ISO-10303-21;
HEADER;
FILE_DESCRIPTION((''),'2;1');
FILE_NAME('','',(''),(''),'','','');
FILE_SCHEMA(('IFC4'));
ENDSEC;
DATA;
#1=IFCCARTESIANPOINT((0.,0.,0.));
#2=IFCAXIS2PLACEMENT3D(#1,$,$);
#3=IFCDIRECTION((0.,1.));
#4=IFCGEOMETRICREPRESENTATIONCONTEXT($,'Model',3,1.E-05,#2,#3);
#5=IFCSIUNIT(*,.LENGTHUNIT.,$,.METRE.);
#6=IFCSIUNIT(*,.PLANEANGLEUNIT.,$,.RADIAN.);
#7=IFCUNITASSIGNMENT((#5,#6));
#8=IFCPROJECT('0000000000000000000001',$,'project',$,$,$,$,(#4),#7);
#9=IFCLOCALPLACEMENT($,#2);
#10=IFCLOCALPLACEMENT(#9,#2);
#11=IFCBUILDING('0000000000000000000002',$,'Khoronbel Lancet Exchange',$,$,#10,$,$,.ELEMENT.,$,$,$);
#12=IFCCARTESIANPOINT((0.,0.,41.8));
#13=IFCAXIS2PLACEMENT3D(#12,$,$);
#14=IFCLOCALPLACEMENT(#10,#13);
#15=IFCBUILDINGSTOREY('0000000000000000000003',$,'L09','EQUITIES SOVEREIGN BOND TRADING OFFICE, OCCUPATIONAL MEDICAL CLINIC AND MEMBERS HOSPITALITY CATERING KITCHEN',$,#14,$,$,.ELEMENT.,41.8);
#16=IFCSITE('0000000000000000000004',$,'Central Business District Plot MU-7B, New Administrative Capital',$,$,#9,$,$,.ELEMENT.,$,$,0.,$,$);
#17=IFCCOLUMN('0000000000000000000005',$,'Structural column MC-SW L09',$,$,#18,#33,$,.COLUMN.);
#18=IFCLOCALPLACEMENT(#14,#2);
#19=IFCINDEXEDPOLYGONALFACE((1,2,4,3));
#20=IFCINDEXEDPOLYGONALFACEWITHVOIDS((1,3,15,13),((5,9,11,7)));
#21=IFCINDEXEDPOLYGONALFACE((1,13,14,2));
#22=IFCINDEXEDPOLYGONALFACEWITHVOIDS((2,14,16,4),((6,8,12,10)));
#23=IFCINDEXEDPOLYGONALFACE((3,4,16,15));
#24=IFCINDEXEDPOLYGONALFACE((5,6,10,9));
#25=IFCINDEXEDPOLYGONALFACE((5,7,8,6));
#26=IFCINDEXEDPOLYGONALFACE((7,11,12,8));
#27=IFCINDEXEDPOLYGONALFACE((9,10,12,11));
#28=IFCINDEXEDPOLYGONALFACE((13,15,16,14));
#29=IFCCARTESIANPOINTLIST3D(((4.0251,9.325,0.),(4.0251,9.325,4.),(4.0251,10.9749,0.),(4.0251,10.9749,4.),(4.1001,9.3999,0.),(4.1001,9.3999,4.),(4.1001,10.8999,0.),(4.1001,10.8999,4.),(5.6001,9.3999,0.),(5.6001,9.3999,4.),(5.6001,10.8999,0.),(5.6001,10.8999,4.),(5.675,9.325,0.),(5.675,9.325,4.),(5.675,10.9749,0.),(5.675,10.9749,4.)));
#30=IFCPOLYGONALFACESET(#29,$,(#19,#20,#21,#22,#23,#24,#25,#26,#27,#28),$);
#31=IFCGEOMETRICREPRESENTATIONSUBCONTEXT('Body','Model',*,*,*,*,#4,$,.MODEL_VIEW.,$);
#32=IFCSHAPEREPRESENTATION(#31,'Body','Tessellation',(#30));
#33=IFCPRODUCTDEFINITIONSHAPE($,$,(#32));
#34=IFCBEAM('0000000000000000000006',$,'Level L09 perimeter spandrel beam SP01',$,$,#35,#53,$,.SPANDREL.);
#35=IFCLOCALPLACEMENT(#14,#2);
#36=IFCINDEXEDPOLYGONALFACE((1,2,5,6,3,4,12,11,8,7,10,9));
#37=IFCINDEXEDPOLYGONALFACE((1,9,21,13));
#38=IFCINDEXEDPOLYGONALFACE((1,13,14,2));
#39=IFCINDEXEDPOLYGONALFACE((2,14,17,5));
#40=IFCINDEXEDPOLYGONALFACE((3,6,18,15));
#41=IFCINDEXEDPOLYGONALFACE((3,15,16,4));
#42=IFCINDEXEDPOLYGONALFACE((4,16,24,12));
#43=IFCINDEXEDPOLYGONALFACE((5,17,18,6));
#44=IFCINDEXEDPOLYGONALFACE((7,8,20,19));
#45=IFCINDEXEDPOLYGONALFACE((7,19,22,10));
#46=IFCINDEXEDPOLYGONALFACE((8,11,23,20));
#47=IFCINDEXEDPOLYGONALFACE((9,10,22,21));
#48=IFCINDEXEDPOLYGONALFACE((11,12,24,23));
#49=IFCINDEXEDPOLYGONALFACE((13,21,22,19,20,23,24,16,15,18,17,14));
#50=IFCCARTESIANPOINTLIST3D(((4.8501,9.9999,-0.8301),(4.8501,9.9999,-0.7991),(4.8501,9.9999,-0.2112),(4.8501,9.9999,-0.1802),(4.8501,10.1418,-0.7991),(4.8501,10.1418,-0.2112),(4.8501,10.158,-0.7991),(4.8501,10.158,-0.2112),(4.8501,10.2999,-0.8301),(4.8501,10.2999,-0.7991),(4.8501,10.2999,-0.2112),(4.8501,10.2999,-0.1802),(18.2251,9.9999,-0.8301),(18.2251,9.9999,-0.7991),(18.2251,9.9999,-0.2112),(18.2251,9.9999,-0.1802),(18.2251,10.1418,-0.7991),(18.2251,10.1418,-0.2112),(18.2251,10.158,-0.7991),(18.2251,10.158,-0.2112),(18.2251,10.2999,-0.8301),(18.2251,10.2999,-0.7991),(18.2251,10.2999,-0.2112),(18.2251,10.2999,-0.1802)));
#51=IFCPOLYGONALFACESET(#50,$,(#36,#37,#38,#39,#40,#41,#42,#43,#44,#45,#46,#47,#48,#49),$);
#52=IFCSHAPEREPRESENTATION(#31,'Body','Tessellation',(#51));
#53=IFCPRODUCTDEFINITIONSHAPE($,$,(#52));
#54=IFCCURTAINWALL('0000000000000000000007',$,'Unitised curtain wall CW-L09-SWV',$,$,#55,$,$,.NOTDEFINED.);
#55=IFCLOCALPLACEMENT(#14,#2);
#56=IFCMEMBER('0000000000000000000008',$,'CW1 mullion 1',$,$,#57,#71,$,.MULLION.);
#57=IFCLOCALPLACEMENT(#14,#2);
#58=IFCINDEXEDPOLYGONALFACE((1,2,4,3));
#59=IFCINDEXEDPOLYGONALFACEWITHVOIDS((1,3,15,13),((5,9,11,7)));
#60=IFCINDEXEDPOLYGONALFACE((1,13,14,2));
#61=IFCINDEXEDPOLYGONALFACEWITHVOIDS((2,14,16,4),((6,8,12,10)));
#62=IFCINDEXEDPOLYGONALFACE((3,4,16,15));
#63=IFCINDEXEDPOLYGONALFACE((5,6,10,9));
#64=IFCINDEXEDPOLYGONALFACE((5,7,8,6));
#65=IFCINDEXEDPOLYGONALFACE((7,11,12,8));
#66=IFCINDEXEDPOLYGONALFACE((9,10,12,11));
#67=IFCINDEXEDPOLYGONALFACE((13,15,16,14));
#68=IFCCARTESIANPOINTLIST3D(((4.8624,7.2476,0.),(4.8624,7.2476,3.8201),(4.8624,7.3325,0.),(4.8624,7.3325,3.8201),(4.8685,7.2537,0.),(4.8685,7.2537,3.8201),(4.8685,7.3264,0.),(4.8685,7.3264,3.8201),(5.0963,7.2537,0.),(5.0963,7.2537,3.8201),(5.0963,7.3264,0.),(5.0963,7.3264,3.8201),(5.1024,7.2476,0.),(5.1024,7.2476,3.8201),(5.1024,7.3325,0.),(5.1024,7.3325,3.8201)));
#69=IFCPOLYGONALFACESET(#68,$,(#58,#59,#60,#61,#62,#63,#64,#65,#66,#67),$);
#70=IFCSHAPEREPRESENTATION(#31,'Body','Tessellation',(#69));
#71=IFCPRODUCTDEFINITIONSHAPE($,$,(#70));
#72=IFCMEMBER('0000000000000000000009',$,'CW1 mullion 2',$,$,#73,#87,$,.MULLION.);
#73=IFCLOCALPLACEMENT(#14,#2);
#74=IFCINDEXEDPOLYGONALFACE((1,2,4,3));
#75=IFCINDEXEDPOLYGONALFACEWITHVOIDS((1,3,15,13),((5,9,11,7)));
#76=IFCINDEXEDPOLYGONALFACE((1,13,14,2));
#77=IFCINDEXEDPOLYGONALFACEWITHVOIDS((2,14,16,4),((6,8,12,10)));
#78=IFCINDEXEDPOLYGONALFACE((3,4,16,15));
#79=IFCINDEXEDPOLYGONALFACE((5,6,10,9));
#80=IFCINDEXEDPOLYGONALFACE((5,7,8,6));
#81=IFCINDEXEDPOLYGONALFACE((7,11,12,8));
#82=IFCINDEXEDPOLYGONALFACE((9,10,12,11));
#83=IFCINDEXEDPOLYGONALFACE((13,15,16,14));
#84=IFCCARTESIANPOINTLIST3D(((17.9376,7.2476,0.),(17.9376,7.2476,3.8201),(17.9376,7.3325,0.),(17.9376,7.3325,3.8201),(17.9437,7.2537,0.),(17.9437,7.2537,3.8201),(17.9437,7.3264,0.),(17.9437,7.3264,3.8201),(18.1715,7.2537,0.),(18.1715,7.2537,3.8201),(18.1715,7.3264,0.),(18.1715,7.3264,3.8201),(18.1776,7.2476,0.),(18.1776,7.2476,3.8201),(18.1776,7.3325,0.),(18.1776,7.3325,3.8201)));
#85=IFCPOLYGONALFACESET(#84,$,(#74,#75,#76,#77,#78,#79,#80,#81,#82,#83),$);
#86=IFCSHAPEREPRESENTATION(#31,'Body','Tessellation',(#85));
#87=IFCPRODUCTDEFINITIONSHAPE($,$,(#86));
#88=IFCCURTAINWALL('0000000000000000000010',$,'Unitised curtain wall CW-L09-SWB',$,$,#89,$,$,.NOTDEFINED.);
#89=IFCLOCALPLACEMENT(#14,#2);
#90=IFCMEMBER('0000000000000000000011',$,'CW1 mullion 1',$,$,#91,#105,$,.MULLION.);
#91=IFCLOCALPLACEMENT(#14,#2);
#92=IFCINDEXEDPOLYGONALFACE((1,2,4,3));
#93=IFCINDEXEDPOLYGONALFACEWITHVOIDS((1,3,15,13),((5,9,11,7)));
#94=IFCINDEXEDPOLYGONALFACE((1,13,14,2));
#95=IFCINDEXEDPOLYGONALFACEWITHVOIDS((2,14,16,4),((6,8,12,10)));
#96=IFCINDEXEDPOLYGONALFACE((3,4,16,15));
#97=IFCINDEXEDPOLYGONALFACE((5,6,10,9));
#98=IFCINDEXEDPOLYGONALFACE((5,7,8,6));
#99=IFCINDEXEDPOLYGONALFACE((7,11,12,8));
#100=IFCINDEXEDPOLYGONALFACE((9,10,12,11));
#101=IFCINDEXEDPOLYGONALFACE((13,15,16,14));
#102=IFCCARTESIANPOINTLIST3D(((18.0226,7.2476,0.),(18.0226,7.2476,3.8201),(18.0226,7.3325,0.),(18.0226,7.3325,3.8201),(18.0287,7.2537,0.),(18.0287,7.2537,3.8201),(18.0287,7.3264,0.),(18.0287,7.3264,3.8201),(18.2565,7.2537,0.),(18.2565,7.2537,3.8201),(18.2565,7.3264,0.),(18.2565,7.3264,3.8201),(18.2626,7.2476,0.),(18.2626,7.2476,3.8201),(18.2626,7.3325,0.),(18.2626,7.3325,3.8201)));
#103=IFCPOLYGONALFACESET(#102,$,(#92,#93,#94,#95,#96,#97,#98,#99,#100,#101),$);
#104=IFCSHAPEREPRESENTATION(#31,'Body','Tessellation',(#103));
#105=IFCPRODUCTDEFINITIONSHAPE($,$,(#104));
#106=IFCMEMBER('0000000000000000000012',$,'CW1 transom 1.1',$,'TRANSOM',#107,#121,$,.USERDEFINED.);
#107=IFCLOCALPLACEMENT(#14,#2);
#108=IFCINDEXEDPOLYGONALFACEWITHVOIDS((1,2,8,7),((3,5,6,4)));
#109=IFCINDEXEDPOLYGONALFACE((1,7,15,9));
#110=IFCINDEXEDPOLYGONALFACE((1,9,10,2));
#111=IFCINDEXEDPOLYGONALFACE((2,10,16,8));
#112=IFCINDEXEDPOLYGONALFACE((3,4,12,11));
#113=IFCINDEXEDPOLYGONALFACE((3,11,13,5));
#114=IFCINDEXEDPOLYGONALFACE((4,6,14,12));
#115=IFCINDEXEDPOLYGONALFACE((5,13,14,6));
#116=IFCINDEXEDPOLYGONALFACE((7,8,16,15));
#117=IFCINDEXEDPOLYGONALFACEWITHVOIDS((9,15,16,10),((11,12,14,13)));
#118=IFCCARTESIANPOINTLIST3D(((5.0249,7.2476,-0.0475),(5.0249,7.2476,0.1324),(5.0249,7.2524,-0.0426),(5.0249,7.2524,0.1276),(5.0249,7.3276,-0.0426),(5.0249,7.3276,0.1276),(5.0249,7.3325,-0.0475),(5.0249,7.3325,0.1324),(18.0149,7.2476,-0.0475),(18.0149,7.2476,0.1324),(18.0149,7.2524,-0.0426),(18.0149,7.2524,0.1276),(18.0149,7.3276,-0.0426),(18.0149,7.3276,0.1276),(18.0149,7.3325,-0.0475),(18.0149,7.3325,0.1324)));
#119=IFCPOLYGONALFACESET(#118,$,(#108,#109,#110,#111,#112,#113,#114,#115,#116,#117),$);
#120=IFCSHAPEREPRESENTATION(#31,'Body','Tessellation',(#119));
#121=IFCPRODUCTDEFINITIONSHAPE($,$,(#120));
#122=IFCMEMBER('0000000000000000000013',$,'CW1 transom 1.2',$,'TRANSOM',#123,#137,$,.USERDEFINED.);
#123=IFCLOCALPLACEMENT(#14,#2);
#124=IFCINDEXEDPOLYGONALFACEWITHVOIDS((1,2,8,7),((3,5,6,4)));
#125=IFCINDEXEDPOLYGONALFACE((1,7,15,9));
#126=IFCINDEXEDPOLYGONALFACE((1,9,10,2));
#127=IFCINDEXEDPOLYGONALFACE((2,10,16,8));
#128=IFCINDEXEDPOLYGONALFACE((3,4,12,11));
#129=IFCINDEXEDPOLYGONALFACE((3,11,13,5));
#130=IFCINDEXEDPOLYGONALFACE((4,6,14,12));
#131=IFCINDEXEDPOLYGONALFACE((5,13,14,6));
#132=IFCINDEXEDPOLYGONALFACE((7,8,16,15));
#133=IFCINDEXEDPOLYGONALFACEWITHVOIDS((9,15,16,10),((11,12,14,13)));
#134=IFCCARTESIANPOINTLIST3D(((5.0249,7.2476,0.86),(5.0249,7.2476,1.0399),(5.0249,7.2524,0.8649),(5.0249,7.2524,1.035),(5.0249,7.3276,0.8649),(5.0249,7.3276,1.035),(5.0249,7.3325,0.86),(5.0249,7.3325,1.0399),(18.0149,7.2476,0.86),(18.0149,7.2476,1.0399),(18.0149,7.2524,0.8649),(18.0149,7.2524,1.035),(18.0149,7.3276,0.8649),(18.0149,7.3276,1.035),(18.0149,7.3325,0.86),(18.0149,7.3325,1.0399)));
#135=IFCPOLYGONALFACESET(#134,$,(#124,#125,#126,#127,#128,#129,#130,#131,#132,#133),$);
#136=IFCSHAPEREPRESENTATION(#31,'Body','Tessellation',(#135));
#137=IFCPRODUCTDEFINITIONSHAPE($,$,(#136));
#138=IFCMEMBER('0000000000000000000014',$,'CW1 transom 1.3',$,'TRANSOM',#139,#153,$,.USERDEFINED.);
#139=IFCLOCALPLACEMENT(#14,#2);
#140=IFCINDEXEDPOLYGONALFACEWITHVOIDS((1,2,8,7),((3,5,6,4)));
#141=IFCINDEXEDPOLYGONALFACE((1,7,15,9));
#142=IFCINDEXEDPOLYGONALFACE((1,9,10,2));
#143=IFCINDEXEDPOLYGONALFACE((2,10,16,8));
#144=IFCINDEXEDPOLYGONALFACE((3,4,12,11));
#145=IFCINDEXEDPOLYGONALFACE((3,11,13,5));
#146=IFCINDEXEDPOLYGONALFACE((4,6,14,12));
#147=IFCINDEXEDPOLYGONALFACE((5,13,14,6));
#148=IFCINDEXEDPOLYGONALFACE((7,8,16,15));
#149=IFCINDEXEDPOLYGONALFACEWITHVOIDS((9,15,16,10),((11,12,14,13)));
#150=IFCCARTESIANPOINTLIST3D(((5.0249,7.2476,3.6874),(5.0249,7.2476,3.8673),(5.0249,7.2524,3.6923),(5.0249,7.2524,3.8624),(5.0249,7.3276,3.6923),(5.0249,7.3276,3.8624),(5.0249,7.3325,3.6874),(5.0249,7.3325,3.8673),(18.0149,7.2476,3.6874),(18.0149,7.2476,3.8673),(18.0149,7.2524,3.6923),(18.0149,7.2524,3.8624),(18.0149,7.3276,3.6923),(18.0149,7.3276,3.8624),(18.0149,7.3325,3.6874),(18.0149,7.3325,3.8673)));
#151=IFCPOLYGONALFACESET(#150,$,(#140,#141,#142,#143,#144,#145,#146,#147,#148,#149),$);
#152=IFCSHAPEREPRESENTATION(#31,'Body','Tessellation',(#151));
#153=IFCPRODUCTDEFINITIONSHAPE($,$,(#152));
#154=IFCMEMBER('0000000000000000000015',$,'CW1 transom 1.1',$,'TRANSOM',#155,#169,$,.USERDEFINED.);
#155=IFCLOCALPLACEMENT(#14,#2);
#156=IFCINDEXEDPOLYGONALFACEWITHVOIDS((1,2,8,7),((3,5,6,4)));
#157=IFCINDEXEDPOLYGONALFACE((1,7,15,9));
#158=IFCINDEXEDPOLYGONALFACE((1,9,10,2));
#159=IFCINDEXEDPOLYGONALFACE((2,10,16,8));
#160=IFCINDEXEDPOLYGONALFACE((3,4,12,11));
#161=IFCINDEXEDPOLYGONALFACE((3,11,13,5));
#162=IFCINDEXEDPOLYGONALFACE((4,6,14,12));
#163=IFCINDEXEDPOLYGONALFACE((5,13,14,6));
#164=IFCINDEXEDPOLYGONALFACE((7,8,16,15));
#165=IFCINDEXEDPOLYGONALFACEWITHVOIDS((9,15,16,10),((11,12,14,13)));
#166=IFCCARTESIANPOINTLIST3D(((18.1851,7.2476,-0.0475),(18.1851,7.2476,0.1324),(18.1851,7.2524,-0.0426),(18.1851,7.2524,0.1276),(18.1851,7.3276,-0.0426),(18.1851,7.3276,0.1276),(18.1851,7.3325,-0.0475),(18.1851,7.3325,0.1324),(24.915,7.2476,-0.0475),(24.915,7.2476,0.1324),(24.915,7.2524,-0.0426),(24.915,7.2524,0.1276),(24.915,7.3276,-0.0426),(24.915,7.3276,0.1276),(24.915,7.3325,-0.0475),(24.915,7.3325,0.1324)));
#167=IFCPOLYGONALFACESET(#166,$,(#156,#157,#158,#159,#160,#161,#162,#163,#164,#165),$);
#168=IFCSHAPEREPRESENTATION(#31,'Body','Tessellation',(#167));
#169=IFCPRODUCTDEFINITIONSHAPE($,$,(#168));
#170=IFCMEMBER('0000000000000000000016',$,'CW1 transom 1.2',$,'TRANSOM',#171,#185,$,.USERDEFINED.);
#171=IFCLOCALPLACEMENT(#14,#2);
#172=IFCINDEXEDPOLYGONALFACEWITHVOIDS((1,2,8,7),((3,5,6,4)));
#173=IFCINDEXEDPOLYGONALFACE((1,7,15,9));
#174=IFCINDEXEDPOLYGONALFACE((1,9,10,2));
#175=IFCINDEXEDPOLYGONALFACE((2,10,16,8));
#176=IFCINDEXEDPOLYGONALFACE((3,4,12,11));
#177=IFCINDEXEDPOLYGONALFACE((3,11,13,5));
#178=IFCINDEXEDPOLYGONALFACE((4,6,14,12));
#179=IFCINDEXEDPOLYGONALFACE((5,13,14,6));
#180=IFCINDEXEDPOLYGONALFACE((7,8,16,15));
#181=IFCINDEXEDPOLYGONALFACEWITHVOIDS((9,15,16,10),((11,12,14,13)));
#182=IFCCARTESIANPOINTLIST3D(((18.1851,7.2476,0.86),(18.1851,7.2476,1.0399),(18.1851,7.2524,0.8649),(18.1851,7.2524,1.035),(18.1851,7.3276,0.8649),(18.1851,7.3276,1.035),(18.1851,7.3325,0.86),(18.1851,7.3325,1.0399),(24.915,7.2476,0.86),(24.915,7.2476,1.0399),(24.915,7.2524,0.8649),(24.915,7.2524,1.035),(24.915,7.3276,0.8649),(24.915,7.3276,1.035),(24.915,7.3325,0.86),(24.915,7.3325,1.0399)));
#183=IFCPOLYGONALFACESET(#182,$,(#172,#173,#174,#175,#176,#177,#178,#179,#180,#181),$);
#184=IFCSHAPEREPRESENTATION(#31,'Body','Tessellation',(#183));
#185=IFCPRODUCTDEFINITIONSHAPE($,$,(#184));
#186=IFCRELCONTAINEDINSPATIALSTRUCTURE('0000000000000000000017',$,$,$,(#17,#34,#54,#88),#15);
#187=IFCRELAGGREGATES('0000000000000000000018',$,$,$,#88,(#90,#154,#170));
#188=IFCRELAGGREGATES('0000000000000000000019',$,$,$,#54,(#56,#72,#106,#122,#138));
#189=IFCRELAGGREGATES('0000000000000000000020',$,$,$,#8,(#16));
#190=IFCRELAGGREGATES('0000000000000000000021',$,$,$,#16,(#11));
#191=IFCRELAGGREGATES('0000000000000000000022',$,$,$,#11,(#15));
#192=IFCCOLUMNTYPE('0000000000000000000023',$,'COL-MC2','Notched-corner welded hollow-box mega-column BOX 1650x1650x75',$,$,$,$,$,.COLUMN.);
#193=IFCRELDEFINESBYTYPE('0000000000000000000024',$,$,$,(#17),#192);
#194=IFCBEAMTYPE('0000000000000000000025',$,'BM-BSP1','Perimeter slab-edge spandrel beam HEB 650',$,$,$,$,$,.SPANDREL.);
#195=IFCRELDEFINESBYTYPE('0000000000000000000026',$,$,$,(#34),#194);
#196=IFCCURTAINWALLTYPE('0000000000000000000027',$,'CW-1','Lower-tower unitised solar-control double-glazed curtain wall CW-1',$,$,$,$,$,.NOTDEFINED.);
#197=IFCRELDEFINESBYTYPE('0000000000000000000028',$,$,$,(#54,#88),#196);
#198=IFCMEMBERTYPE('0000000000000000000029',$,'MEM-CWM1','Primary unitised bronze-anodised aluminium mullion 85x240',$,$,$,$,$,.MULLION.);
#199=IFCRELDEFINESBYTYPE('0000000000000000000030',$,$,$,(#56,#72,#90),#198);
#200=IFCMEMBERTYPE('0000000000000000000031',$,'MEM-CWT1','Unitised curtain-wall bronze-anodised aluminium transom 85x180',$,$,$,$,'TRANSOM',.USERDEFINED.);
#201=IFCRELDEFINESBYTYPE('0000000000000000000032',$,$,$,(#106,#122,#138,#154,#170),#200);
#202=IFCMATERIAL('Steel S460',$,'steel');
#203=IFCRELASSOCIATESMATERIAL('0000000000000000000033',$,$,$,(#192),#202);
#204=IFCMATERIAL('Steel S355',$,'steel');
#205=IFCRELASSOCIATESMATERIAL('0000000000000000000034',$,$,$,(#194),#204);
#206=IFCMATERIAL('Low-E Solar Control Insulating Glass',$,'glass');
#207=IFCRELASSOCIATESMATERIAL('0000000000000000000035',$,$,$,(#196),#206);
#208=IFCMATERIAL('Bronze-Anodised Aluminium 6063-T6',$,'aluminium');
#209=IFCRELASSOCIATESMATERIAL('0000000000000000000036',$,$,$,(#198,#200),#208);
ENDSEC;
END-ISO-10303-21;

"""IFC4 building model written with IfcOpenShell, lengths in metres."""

from ifc_helpers import new_model, si_unit, direction, frame, origin, origin_2d, place, context, subcontext, project, spatial, hollow_rectangle, i_section, extrude, material, material_profile, profile_set, type_object, element, aggregate, save


model = new_model("IFC4")

# Units and contexts
model_context = context("Model", 3, precision=1e-05, world=origin(), true_north=direction((0.0, 1.0)))
body_context = subcontext(model_context, "Body", "Model", "MODEL_VIEW")
ifc_project = project(units=[si_unit("LENGTHUNIT", "METRE"), si_unit("PLANEANGLEUNIT", "RADIAN")], contexts=[model_context])

# Site, building, storey
site_placement = place(None, origin())
site = spatial("IfcSite", under=ifc_project, at=site_placement, Name="Central Business District Plot MU-7B, New Administrative Capital", CompositionType="ELEMENT", RefElevation=0.0)
building_placement = place(site_placement, origin())
building = spatial("IfcBuilding", under=site, at=building_placement, Name="Khoronbel Lancet Exchange", CompositionType="ELEMENT")
storey_placement = place(building_placement, frame((0.0, 0.0, 41.8)))
storey = spatial("IfcBuildingStorey", under=building, at=storey_placement, Name="L09", Description="EQUITIES SOVEREIGN BOND TRADING OFFICE, OCCUPATIONAL MEDICAL CLINIC AND MEMBERS HOSPITALITY CATERING KITCHEN", CompositionType="ELEMENT", Elevation=41.8)

# Column
ifc_material_1 = material(Name="Steel S460", Category="steel")
ifc_material_profile_1 = material_profile(ifc_material_1, hollow_rectangle(XDim=1.6499, YDim=1.6499, WallThickness=0.075, at=origin_2d()), Name="BOX 1650x1650x75")
ifc_profile_set_1 = profile_set([ifc_material_profile_1], Name="Steel S460")
column_type = type_object("IfcColumnType", Name="COL-MC2", Description="Notched-corner welded hollow-box mega-column BOX 1650x1650x75", PredefinedType="COLUMN", material=ifc_profile_set_1)
column_placement = place(storey_placement, frame((4.8501, 10.1499, 0.0), z_axis=(0.0, 0.0, 1.0), x_axis=(1.0, 0.0, 0.0)))
element("IfcColumn", 1, at=column_placement, inside=storey, type_object=column_type, Name="Structural column MC-SW L09", PredefinedType="COLUMN", context=body_context, shape_type="SweptSolid", body=[
    extrude(hollow_rectangle(XDim=1.6499, YDim=1.6499, WallThickness=0.075, at=origin_2d()), origin(), (0.0, 0.0, 1.0), 4.0),
])

# Beam
ifc_material_2 = material(Name="Steel S355", Category="steel")
ifc_material_profile_2 = material_profile(ifc_material_2, i_section(OverallWidth=0.3, OverallDepth=0.6499, WebThickness=0.0161, FlangeThickness=0.031, at=origin_2d()), Name="HEB 650")
ifc_profile_set_2 = profile_set([ifc_material_profile_2], Name="Steel S355")
beam_type = type_object("IfcBeamType", Name="BM-BSP1", Description="Perimeter slab-edge spandrel beam HEB 650", PredefinedType="SPANDREL", material=ifc_profile_set_2)
beam_placement = place(storey_placement, frame((4.8501, 10.1499, -0.5051), z_axis=(1.0, 0.0, 0.0), x_axis=(0.0, 1.0, 0.0)))
element("IfcBeam", 2, at=beam_placement, inside=storey, type_object=beam_type, Name="Level L09 perimeter spandrel beam SP01", PredefinedType="SPANDREL", context=body_context, shape_type="SweptSolid", body=[
    extrude(i_section(OverallWidth=0.3, OverallDepth=0.6499, WebThickness=0.0161, FlangeThickness=0.031, at=origin_2d()), origin(), (0.0, 0.0, 1.0), 13.375),
])

# Curtain wall, members
ifc_material_3 = material(Name="Low-E Solar Control Insulating Glass", Category="glass")
curtain_wall_type = type_object("IfcCurtainWallType", Name="CW-1", Description="Lower-tower unitised solar-control double-glazed curtain wall CW-1", PredefinedType="NOTDEFINED", material=ifc_material_3)
curtain_wall_1_placement = place(storey_placement, origin())
curtain_wall_1 = element("IfcCurtainWall", 3, at=curtain_wall_1_placement, inside=storey, type_object=curtain_wall_type, Name="Unitised curtain wall CW-L09-SWV", PredefinedType="NOTDEFINED")
ifc_material_4 = material(Name="Bronze-Anodised Aluminium 6063-T6", Category="aluminium")
ifc_material_profile_3 = material_profile(ifc_material_4, hollow_rectangle(XDim=0.085, YDim=0.24, WallThickness=0.0061, at=origin_2d()), Name="ALU MULLION 85x240")
ifc_profile_set_3 = profile_set([ifc_material_profile_3], Name="Bronze-Anodised Aluminium 6063-T6")
member_type_1 = type_object("IfcMemberType", Name="MEM-CWM1", Description="Primary unitised bronze-anodised aluminium mullion 85x240", PredefinedType="MULLION", material=ifc_profile_set_3)
member_1_placement = place(storey_placement, frame((4.9824, 7.29, 0.0), z_axis=(0.0, 0.0, 1.0), x_axis=(0.0, 1.0, 0.0)))
member_1 = element("IfcMember", 4, at=member_1_placement, type_object=member_type_1, Name="CW1 mullion 1", PredefinedType="MULLION", context=body_context, shape_type="SweptSolid", body=[
    extrude(hollow_rectangle(XDim=0.085, YDim=0.24, WallThickness=0.0061, at=origin_2d()), origin(), (0.0, 0.0, 1.0), 3.8201),
])
member_2_placement = place(storey_placement, frame((18.0576, 7.29, 0.0), z_axis=(0.0, 0.0, 1.0), x_axis=(0.0, 1.0, 0.0)))
member_2 = element("IfcMember", 5, at=member_2_placement, type_object=member_type_1, Name="CW1 mullion 2", PredefinedType="MULLION", context=body_context, shape_type="SweptSolid", body=[
    extrude(hollow_rectangle(XDim=0.085, YDim=0.24, WallThickness=0.0061, at=origin_2d()), origin(), (0.0, 0.0, 1.0), 3.8201),
])

# Curtain wall, member
curtain_wall_2_placement = place(storey_placement, origin())
curtain_wall_2 = element("IfcCurtainWall", 6, at=curtain_wall_2_placement, inside=storey, type_object=curtain_wall_type, Name="Unitised curtain wall CW-L09-SWB", PredefinedType="NOTDEFINED")
member_3_placement = place(storey_placement, frame((18.1426, 7.29, 0.0), z_axis=(0.0, 0.0, 1.0), x_axis=(0.0, 1.0, 0.0)))
member_3 = element("IfcMember", 7, at=member_3_placement, type_object=member_type_1, Name="CW1 mullion 1", PredefinedType="MULLION", context=body_context, shape_type="SweptSolid", body=[
    extrude(hollow_rectangle(XDim=0.085, YDim=0.24, WallThickness=0.0061, at=origin_2d()), origin(), (0.0, 0.0, 1.0), 3.8201),
])

# Members
ifc_material_profile_4 = material_profile(ifc_material_4, hollow_rectangle(XDim=0.085, YDim=0.1799, WallThickness=0.0049, at=origin_2d()), Name="ALU TRANSOM 85x180")
ifc_profile_set_4 = profile_set([ifc_material_profile_4], Name="Bronze-Anodised Aluminium 6063-T6")
member_type_2 = type_object("IfcMemberType", Name="MEM-CWT1", Description="Unitised curtain-wall bronze-anodised aluminium transom 85x180", ElementType="TRANSOM", PredefinedType="USERDEFINED", material=ifc_profile_set_4)
member_4_placement = place(storey_placement, frame((5.0249, 7.29, 0.0425), z_axis=(1.0, 0.0, 0.0), x_axis=(0.0, 1.0, 0.0)))
member_4 = element("IfcMember", 8, at=member_4_placement, type_object=member_type_2, Name="CW1 transom 1.1", ObjectType="TRANSOM", PredefinedType="USERDEFINED", context=body_context, shape_type="SweptSolid", body=[
    extrude(hollow_rectangle(XDim=0.085, YDim=0.1799, WallThickness=0.0049, at=origin_2d()), origin(), (0.0, 0.0, 1.0), 12.99),
])
member_5_placement = place(storey_placement, frame((5.0249, 7.29, 0.95), z_axis=(1.0, 0.0, 0.0), x_axis=(0.0, 1.0, 0.0)))
member_5 = element("IfcMember", 9, at=member_5_placement, type_object=member_type_2, Name="CW1 transom 1.2", ObjectType="TRANSOM", PredefinedType="USERDEFINED", context=body_context, shape_type="SweptSolid", body=[
    extrude(hollow_rectangle(XDim=0.085, YDim=0.1799, WallThickness=0.0049, at=origin_2d()), origin(), (0.0, 0.0, 1.0), 12.99),
])
member_6_placement = place(storey_placement, frame((5.0249, 7.29, 3.7773), z_axis=(1.0, 0.0, 0.0), x_axis=(0.0, 1.0, 0.0)))
member_6 = element("IfcMember", 10, at=member_6_placement, type_object=member_type_2, Name="CW1 transom 1.3", ObjectType="TRANSOM", PredefinedType="USERDEFINED", context=body_context, shape_type="SweptSolid", body=[
    extrude(hollow_rectangle(XDim=0.085, YDim=0.1799, WallThickness=0.0049, at=origin_2d()), origin(), (0.0, 0.0, 1.0), 12.99),
])
member_7_placement = place(storey_placement, frame((18.1851, 7.29, 0.0425), z_axis=(1.0, 0.0, 0.0), x_axis=(0.0, 1.0, 0.0)))
member_7 = element("IfcMember", 11, at=member_7_placement, type_object=member_type_2, Name="CW1 transom 1.1", ObjectType="TRANSOM", PredefinedType="USERDEFINED", context=body_context, shape_type="SweptSolid", body=[
    extrude(hollow_rectangle(XDim=0.085, YDim=0.1799, WallThickness=0.0049, at=origin_2d()), origin(), (0.0, 0.0, 1.0), 6.73),
])
member_8_placement = place(storey_placement, frame((18.1851, 7.29, 0.95), z_axis=(1.0, 0.0, 0.0), x_axis=(0.0, 1.0, 0.0)))
member_8 = element("IfcMember", 12, at=member_8_placement, type_object=member_type_2, Name="CW1 transom 1.2", ObjectType="TRANSOM", PredefinedType="USERDEFINED", context=body_context, shape_type="SweptSolid", body=[
    extrude(hollow_rectangle(XDim=0.085, YDim=0.1799, WallThickness=0.0049, at=origin_2d()), origin(), (0.0, 0.0, 1.0), 6.73),
])
aggregate(curtain_wall_2, [member_3, member_7, member_8])

aggregate(curtain_wall_1, [member_1, member_2, member_4, member_5, member_6])

save(model, "model.ifc")
